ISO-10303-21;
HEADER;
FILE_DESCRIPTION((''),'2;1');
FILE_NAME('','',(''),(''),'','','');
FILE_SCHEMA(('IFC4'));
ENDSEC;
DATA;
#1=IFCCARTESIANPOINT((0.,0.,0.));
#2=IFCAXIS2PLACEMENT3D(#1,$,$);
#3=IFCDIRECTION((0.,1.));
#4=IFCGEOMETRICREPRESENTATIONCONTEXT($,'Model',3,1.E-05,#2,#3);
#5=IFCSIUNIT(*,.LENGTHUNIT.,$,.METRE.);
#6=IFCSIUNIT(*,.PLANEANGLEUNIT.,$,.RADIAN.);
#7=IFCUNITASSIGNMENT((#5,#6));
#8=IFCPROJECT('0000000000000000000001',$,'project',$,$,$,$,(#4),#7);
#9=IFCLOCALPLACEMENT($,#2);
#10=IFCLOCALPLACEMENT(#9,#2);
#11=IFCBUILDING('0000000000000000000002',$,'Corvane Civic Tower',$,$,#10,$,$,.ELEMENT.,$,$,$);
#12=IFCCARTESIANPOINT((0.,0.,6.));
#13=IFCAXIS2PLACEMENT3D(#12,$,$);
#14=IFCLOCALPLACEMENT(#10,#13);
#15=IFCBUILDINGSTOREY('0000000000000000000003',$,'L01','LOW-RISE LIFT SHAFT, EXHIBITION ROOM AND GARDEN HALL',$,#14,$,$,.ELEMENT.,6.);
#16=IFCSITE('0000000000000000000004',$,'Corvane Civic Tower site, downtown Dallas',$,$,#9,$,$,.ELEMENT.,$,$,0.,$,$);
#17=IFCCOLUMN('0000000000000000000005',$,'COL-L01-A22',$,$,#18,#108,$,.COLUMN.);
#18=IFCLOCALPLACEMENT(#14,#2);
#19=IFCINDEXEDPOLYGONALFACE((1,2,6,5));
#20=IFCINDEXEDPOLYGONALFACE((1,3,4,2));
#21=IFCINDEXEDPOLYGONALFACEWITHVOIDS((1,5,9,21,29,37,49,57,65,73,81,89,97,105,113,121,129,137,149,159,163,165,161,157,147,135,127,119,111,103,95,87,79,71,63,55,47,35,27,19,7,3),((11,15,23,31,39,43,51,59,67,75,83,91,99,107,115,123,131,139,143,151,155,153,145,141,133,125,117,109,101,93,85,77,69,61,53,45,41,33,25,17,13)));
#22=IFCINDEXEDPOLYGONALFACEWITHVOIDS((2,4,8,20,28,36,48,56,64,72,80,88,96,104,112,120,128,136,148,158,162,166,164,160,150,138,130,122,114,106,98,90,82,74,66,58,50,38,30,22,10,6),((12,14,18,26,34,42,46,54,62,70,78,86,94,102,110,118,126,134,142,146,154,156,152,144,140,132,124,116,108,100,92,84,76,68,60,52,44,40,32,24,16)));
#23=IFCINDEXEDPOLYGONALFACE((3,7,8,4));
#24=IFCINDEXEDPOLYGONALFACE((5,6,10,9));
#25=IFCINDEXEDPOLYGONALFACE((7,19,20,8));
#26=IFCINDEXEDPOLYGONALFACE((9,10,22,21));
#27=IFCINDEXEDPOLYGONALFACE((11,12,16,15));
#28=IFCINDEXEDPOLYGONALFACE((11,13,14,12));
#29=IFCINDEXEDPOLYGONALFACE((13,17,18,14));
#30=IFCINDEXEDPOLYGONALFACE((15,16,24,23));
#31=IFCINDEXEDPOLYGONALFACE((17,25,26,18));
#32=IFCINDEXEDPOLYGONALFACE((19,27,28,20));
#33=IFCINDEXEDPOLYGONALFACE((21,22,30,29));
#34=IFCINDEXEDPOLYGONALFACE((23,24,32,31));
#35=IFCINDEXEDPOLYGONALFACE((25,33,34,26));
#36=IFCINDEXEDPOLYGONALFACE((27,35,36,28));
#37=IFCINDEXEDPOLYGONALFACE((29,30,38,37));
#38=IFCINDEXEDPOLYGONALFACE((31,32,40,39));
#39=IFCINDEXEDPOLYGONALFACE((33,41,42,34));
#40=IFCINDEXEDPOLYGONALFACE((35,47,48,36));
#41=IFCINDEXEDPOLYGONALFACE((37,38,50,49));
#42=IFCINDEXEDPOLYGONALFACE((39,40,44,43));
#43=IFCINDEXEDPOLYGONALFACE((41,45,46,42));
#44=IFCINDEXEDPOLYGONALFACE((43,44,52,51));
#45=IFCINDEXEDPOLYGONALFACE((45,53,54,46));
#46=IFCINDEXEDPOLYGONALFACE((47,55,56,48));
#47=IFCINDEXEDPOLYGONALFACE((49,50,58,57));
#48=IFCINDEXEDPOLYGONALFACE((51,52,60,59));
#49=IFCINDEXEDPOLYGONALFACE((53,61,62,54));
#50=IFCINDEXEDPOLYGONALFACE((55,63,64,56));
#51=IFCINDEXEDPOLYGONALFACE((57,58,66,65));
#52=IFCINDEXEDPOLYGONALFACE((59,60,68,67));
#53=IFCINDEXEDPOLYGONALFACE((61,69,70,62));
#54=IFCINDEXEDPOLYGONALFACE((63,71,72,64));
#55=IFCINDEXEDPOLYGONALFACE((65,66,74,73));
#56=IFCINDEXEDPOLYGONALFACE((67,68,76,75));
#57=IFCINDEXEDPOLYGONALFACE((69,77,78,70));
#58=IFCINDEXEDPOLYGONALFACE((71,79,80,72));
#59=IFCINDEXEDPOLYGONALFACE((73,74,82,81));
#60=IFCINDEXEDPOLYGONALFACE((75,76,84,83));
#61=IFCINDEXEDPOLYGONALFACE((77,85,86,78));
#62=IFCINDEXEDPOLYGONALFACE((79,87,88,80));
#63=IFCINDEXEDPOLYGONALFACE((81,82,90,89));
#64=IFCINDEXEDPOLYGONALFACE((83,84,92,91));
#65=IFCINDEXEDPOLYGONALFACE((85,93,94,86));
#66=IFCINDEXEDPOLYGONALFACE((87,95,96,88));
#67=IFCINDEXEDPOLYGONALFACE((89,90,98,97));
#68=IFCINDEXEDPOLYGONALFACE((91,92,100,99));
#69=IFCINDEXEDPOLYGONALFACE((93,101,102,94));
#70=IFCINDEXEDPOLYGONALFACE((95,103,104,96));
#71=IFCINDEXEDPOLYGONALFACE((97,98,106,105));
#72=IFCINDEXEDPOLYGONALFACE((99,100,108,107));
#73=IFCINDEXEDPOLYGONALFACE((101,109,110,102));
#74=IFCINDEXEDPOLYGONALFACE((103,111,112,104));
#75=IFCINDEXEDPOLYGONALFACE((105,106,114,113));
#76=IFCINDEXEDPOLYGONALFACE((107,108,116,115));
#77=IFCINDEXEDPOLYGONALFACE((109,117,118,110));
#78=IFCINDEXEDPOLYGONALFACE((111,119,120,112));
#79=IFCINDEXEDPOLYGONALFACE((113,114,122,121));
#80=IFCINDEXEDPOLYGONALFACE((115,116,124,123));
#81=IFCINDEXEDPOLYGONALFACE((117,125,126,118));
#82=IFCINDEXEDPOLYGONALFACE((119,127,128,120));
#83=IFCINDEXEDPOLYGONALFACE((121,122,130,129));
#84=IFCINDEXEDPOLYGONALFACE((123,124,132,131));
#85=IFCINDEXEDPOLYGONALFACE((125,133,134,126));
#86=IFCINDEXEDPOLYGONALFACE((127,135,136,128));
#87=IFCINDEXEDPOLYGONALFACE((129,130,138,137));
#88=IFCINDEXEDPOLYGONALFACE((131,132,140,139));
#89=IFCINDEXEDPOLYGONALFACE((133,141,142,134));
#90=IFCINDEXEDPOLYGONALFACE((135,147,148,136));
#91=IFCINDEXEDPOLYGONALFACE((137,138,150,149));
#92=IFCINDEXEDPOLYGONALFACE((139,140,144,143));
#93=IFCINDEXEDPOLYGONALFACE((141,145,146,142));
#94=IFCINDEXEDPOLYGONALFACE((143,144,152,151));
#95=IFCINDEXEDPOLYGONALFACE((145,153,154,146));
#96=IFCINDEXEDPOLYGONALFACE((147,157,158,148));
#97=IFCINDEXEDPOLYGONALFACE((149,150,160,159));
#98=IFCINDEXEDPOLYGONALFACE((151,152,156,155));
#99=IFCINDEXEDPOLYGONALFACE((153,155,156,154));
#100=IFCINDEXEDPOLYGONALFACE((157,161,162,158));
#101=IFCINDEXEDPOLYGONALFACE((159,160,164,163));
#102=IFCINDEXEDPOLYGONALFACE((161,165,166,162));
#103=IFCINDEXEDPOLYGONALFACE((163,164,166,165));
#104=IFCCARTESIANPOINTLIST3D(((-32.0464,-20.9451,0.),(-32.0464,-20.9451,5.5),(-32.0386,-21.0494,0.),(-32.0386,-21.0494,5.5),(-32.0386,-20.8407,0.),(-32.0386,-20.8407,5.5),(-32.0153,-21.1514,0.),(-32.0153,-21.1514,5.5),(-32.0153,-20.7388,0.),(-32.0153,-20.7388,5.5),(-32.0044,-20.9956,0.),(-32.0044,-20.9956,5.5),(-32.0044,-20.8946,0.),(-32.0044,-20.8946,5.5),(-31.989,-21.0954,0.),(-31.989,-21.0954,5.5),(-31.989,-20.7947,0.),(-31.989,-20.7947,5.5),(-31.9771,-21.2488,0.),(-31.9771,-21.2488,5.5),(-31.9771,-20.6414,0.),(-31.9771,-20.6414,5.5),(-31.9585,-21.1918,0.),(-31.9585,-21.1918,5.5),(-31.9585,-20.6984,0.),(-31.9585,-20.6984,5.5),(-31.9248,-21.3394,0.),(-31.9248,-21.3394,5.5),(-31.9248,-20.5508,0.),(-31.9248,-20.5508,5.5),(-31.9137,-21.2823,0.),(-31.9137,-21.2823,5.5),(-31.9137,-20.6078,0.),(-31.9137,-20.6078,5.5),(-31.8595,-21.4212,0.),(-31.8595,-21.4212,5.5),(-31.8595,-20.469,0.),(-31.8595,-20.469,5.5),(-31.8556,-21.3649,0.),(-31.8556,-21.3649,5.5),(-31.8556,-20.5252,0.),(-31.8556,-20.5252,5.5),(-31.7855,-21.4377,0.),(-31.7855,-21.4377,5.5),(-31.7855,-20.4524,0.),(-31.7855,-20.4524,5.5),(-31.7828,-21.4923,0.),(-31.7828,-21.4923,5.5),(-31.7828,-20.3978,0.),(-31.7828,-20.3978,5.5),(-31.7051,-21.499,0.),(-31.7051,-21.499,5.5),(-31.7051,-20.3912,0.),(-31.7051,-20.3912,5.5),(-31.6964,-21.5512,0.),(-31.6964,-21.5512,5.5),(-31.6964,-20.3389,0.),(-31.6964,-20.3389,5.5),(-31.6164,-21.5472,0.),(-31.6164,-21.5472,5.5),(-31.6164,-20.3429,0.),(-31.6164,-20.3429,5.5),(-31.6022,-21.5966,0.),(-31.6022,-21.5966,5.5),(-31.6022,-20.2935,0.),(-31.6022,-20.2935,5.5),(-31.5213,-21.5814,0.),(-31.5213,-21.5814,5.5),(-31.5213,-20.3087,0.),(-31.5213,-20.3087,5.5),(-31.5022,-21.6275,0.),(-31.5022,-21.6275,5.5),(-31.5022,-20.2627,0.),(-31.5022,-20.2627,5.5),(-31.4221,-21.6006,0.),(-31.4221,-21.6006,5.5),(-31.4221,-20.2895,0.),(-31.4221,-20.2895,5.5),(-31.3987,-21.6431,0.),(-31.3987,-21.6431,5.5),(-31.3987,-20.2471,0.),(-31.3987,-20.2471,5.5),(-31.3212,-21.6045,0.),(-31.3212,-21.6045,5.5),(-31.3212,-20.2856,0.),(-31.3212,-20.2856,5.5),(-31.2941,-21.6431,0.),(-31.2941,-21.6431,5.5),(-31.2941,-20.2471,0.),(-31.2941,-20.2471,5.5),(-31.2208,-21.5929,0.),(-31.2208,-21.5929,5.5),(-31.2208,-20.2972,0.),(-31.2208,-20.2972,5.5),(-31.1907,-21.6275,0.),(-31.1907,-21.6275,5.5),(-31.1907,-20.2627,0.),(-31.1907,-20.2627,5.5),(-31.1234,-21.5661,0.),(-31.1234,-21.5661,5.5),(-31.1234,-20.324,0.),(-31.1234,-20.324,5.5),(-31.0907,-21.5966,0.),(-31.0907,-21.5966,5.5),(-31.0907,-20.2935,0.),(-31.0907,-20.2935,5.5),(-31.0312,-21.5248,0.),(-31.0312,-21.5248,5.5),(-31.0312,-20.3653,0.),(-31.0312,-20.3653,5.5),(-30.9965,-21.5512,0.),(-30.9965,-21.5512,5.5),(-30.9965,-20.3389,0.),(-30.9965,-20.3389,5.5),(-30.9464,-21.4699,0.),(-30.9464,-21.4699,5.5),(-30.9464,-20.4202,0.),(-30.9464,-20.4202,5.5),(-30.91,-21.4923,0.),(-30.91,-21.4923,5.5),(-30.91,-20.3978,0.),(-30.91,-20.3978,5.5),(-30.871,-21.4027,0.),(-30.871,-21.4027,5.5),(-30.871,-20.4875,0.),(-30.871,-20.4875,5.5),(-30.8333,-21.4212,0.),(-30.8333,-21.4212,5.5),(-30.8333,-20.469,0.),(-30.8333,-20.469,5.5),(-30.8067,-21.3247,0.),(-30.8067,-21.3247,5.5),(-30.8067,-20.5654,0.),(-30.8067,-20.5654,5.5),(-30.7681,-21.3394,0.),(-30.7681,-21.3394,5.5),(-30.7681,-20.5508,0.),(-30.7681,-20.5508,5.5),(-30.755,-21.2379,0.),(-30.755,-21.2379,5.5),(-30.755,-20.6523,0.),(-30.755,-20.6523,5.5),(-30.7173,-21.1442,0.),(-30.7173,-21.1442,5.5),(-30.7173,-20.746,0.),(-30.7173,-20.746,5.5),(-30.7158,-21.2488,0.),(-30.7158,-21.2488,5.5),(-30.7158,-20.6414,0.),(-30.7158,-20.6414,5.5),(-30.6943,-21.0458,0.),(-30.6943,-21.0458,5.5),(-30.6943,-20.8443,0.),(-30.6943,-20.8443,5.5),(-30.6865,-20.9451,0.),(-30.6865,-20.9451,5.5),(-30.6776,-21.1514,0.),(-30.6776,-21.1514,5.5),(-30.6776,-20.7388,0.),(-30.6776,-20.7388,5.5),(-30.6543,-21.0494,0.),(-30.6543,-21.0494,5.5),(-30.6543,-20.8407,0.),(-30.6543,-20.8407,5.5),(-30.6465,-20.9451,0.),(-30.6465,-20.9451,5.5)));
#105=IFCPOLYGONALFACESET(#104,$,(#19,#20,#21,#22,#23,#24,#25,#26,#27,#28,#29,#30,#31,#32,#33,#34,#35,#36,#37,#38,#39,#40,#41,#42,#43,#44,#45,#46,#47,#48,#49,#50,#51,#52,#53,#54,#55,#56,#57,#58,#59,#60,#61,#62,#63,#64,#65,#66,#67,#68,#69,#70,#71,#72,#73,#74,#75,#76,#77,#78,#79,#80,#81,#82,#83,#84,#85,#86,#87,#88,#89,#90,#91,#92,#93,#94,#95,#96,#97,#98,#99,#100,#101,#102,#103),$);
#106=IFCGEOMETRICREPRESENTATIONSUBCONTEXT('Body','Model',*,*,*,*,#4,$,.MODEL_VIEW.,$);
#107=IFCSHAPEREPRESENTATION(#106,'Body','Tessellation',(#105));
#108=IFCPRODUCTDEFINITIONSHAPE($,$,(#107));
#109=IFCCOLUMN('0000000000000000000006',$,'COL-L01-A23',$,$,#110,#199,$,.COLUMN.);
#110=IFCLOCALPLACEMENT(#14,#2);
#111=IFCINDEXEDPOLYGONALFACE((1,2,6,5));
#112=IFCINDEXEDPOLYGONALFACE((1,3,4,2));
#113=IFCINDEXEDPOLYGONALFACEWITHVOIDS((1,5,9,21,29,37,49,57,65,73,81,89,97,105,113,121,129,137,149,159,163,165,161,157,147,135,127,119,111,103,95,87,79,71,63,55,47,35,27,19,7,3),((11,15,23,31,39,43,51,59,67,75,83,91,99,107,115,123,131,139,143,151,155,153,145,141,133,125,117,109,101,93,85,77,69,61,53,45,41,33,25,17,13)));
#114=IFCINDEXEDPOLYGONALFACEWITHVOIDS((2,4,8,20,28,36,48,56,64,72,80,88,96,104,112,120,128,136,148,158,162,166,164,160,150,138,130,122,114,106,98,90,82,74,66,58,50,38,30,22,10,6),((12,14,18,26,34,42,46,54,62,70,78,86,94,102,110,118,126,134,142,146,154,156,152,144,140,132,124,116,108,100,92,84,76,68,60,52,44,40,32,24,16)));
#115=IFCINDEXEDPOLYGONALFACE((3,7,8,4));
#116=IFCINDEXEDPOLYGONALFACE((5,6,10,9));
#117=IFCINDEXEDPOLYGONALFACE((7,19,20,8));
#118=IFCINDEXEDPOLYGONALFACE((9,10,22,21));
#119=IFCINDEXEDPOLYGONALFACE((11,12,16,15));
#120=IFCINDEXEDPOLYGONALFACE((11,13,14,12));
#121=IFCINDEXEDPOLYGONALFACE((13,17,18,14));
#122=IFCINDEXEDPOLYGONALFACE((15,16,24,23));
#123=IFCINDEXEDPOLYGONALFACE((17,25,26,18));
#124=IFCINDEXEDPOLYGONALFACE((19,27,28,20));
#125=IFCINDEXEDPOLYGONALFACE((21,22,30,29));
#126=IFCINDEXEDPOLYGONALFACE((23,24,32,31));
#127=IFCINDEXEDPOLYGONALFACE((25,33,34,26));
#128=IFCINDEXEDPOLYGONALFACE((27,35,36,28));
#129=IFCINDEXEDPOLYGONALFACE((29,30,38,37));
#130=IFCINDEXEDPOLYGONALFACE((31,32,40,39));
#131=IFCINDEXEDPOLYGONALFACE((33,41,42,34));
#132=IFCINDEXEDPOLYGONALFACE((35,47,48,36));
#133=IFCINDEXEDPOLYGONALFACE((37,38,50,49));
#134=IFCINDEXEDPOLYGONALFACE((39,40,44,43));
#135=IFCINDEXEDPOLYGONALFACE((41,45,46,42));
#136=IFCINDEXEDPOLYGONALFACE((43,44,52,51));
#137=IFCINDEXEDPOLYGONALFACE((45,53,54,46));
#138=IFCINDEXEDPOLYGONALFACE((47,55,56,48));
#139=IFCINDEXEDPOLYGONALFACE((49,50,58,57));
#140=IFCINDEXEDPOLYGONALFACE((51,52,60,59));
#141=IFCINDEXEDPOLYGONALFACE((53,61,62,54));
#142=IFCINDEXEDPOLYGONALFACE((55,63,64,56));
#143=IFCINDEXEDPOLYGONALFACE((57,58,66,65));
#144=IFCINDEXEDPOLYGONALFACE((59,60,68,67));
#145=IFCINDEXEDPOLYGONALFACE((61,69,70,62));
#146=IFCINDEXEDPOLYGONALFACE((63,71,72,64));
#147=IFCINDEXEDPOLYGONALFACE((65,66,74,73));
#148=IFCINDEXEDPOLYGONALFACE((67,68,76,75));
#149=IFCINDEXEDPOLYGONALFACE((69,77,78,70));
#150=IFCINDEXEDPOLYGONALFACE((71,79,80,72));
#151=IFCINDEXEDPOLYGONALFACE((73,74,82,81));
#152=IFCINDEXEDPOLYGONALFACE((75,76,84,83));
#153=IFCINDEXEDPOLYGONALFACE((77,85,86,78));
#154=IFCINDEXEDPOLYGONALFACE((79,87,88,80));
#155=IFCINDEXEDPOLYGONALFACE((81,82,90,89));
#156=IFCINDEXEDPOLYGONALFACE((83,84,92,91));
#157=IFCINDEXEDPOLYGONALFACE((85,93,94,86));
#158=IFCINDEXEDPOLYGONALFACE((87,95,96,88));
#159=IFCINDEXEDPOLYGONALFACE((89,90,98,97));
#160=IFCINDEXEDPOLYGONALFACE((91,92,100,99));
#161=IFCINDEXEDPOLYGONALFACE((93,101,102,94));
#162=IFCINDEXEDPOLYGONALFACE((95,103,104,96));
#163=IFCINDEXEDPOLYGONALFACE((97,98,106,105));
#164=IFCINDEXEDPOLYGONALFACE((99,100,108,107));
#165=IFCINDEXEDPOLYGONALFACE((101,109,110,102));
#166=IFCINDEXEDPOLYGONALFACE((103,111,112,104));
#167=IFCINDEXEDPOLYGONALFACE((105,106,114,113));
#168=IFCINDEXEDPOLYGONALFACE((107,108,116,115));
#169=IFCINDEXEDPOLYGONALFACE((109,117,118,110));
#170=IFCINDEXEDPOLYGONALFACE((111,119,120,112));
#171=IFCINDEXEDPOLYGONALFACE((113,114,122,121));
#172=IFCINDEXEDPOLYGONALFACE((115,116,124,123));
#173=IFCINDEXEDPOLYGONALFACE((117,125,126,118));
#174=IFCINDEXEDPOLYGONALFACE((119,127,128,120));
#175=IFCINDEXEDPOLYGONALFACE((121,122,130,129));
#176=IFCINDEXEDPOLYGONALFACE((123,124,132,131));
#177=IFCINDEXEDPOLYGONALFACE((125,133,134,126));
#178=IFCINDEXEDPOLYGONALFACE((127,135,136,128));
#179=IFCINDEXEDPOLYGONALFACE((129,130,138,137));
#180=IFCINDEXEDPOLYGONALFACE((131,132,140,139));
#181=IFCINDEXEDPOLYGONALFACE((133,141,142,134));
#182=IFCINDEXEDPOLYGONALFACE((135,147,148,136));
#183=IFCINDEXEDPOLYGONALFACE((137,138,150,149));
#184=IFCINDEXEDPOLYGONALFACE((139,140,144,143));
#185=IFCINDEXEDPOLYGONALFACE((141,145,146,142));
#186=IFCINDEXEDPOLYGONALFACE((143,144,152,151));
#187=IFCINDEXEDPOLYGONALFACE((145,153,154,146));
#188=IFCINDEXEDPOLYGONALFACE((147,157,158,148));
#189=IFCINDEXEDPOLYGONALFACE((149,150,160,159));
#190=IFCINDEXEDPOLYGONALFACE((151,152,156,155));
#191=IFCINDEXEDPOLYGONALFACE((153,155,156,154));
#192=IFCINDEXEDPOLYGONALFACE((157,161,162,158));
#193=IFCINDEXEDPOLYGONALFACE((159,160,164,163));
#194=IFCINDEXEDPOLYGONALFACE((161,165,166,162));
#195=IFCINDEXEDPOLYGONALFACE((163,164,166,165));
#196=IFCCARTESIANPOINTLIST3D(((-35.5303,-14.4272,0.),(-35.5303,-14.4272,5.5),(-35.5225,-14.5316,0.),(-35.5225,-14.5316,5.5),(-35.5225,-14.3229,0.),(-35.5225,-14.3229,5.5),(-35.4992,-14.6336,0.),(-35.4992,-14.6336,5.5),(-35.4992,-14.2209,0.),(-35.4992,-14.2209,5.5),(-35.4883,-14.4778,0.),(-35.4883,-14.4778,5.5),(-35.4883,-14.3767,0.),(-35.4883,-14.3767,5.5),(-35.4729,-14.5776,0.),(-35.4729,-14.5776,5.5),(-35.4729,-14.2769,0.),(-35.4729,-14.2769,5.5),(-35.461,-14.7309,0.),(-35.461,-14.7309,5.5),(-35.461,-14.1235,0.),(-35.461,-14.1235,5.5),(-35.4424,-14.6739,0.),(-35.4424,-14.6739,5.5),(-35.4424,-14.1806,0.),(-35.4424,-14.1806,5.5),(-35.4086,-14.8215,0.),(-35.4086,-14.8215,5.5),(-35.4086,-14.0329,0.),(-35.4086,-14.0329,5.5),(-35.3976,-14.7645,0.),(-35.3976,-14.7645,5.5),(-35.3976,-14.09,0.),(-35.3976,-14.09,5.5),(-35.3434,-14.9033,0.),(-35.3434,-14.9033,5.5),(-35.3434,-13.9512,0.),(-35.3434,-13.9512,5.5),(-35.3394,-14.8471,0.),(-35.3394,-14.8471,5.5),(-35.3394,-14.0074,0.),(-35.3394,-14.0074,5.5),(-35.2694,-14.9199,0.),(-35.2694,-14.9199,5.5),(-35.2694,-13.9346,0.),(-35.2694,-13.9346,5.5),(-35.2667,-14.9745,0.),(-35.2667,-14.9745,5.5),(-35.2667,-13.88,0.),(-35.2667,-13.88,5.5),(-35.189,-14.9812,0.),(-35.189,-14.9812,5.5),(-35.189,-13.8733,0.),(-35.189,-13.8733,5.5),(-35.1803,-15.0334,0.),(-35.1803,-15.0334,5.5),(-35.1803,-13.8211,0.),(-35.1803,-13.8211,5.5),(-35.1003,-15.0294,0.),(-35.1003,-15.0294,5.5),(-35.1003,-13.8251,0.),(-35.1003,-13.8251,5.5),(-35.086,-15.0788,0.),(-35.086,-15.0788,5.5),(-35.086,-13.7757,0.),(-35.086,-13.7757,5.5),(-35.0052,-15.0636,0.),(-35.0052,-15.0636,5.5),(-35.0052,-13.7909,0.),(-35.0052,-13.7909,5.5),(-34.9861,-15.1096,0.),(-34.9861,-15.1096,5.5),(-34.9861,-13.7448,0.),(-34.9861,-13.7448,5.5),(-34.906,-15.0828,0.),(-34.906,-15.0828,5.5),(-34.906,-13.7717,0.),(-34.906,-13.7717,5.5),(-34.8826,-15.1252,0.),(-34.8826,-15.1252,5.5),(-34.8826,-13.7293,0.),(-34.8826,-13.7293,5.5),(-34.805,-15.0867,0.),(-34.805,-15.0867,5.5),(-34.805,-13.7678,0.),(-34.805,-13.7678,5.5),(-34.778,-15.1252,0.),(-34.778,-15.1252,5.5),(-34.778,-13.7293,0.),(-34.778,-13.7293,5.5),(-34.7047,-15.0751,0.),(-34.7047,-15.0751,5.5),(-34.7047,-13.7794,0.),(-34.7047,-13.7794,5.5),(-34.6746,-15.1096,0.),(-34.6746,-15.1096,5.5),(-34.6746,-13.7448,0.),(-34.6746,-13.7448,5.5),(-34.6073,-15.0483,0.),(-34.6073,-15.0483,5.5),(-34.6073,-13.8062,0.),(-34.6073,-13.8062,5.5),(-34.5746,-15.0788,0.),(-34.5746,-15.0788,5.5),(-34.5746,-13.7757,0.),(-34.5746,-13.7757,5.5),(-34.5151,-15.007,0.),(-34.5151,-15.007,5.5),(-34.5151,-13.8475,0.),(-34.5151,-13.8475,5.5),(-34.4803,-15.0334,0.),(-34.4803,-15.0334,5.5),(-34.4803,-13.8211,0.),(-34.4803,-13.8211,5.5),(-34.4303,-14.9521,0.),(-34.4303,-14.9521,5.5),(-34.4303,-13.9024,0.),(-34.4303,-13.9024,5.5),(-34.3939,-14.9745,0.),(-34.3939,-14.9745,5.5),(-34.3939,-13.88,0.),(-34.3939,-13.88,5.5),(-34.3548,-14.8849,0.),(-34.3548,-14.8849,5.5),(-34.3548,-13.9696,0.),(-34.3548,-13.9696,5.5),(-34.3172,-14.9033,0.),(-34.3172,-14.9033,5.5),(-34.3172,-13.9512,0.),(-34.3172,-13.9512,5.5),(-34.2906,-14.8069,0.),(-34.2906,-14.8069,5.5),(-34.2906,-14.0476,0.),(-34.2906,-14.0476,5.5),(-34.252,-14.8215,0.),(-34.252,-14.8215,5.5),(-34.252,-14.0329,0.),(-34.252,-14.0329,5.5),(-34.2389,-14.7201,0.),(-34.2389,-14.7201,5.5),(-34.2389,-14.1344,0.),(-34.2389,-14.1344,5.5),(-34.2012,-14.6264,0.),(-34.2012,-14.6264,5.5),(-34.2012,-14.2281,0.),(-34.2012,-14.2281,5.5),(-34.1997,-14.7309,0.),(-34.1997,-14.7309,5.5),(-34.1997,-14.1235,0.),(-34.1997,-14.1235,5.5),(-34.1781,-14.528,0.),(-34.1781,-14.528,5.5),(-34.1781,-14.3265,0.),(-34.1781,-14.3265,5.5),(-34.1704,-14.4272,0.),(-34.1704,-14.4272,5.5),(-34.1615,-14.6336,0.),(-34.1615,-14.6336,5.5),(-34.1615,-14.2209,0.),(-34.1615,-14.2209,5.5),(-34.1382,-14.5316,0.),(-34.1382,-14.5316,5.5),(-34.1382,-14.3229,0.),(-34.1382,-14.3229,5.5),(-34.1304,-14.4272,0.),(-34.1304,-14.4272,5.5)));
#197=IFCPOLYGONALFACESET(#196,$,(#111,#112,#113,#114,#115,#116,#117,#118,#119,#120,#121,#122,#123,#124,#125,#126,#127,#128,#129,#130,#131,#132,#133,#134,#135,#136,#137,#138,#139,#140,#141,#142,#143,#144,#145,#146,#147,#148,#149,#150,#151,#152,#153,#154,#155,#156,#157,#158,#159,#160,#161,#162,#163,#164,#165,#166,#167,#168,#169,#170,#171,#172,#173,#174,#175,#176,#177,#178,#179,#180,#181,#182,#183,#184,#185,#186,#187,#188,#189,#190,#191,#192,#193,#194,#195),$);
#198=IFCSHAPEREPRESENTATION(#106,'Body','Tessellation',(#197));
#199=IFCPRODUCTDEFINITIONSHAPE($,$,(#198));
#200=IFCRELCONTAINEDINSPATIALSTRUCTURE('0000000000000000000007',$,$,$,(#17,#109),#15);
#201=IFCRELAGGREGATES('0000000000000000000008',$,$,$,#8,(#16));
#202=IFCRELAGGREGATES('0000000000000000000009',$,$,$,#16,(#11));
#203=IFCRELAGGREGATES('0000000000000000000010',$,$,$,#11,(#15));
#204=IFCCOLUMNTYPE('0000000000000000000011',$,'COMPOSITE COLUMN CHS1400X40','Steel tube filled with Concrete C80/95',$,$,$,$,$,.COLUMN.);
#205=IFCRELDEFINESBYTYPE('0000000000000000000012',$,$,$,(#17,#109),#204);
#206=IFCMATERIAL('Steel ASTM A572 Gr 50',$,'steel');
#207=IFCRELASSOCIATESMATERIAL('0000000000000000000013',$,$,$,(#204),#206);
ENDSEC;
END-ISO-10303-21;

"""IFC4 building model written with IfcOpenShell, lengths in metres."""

from ifc_helpers import new_model, si_unit, direction, frame, origin, origin_2d, place, context, subcontext, project, spatial, hollow_circle, extrude, material, material_profile, profile_set, type_object, element, save


model = new_model("IFC4")

# Units and contexts
model_context = context("Model", 3, precision=1e-05, world=origin(), true_north=direction((0.0, 1.0)))
body_context = subcontext(model_context, "Body", "Model", "MODEL_VIEW")
ifc_project = project(units=[si_unit("LENGTHUNIT", "METRE"), si_unit("PLANEANGLEUNIT", "RADIAN")], contexts=[model_context])

# Site, building, storey
site_placement = place(None, origin())
site = spatial("IfcSite", under=ifc_project, at=site_placement, Name="Corvane Civic Tower site, downtown Dallas", CompositionType="ELEMENT", RefElevation=0.0)
building_placement = place(site_placement, origin())
building = spatial("IfcBuilding", under=site, at=building_placement, Name="Corvane Civic Tower", CompositionType="ELEMENT")
storey_placement = place(building_placement, frame((0.0, 0.0, 6.0)))
storey = spatial("IfcBuildingStorey", under=building, at=storey_placement, Name="L01", Description="LOW-RISE LIFT SHAFT, EXHIBITION ROOM AND GARDEN HALL", CompositionType="ELEMENT", Elevation=6.0)

# Columns
ifc_material_1 = material(Name="Steel ASTM A572 Gr 50", Category="steel")
ifc_material_profile_1 = material_profile(ifc_material_1, hollow_circle(Radius=0.7, WallThickness=0.04, at=origin_2d()), Name="CHS1400X40")
ifc_profile_set_1 = profile_set([ifc_material_profile_1], Name="Steel ASTM A572 Gr 50")
column_type = type_object("IfcColumnType", Name="COMPOSITE COLUMN CHS1400X40", Description="Steel tube filled with Concrete C80/95", PredefinedType="COLUMN", material=ifc_profile_set_1)
for number, where, z_axis, x_axis, name in (
    (1, (-31.3464, -20.9451, 0.0), (0.0, 0.0, 1.0), (1.0, 0.0, 0.0), "COL-L01-A22"),
    (2, (-34.8303, -14.4272, 0.0), (0.0, 0.0, 1.0), (1.0, 0.0, 0.0), "COL-L01-A23"),
):
    element("IfcColumn", number, at=place(storey_placement, frame(where, z_axis=z_axis, x_axis=x_axis)), inside=storey, type_object=column_type, Name=name, PredefinedType="COLUMN", context=body_context, shape_type="SweptSolid", body=[
        extrude(hollow_circle(Radius=0.7, WallThickness=0.04, at=origin_2d()), origin(), (0.0, 0.0, 1.0), 5.5),
    ])

save(model, "model.ifc")
